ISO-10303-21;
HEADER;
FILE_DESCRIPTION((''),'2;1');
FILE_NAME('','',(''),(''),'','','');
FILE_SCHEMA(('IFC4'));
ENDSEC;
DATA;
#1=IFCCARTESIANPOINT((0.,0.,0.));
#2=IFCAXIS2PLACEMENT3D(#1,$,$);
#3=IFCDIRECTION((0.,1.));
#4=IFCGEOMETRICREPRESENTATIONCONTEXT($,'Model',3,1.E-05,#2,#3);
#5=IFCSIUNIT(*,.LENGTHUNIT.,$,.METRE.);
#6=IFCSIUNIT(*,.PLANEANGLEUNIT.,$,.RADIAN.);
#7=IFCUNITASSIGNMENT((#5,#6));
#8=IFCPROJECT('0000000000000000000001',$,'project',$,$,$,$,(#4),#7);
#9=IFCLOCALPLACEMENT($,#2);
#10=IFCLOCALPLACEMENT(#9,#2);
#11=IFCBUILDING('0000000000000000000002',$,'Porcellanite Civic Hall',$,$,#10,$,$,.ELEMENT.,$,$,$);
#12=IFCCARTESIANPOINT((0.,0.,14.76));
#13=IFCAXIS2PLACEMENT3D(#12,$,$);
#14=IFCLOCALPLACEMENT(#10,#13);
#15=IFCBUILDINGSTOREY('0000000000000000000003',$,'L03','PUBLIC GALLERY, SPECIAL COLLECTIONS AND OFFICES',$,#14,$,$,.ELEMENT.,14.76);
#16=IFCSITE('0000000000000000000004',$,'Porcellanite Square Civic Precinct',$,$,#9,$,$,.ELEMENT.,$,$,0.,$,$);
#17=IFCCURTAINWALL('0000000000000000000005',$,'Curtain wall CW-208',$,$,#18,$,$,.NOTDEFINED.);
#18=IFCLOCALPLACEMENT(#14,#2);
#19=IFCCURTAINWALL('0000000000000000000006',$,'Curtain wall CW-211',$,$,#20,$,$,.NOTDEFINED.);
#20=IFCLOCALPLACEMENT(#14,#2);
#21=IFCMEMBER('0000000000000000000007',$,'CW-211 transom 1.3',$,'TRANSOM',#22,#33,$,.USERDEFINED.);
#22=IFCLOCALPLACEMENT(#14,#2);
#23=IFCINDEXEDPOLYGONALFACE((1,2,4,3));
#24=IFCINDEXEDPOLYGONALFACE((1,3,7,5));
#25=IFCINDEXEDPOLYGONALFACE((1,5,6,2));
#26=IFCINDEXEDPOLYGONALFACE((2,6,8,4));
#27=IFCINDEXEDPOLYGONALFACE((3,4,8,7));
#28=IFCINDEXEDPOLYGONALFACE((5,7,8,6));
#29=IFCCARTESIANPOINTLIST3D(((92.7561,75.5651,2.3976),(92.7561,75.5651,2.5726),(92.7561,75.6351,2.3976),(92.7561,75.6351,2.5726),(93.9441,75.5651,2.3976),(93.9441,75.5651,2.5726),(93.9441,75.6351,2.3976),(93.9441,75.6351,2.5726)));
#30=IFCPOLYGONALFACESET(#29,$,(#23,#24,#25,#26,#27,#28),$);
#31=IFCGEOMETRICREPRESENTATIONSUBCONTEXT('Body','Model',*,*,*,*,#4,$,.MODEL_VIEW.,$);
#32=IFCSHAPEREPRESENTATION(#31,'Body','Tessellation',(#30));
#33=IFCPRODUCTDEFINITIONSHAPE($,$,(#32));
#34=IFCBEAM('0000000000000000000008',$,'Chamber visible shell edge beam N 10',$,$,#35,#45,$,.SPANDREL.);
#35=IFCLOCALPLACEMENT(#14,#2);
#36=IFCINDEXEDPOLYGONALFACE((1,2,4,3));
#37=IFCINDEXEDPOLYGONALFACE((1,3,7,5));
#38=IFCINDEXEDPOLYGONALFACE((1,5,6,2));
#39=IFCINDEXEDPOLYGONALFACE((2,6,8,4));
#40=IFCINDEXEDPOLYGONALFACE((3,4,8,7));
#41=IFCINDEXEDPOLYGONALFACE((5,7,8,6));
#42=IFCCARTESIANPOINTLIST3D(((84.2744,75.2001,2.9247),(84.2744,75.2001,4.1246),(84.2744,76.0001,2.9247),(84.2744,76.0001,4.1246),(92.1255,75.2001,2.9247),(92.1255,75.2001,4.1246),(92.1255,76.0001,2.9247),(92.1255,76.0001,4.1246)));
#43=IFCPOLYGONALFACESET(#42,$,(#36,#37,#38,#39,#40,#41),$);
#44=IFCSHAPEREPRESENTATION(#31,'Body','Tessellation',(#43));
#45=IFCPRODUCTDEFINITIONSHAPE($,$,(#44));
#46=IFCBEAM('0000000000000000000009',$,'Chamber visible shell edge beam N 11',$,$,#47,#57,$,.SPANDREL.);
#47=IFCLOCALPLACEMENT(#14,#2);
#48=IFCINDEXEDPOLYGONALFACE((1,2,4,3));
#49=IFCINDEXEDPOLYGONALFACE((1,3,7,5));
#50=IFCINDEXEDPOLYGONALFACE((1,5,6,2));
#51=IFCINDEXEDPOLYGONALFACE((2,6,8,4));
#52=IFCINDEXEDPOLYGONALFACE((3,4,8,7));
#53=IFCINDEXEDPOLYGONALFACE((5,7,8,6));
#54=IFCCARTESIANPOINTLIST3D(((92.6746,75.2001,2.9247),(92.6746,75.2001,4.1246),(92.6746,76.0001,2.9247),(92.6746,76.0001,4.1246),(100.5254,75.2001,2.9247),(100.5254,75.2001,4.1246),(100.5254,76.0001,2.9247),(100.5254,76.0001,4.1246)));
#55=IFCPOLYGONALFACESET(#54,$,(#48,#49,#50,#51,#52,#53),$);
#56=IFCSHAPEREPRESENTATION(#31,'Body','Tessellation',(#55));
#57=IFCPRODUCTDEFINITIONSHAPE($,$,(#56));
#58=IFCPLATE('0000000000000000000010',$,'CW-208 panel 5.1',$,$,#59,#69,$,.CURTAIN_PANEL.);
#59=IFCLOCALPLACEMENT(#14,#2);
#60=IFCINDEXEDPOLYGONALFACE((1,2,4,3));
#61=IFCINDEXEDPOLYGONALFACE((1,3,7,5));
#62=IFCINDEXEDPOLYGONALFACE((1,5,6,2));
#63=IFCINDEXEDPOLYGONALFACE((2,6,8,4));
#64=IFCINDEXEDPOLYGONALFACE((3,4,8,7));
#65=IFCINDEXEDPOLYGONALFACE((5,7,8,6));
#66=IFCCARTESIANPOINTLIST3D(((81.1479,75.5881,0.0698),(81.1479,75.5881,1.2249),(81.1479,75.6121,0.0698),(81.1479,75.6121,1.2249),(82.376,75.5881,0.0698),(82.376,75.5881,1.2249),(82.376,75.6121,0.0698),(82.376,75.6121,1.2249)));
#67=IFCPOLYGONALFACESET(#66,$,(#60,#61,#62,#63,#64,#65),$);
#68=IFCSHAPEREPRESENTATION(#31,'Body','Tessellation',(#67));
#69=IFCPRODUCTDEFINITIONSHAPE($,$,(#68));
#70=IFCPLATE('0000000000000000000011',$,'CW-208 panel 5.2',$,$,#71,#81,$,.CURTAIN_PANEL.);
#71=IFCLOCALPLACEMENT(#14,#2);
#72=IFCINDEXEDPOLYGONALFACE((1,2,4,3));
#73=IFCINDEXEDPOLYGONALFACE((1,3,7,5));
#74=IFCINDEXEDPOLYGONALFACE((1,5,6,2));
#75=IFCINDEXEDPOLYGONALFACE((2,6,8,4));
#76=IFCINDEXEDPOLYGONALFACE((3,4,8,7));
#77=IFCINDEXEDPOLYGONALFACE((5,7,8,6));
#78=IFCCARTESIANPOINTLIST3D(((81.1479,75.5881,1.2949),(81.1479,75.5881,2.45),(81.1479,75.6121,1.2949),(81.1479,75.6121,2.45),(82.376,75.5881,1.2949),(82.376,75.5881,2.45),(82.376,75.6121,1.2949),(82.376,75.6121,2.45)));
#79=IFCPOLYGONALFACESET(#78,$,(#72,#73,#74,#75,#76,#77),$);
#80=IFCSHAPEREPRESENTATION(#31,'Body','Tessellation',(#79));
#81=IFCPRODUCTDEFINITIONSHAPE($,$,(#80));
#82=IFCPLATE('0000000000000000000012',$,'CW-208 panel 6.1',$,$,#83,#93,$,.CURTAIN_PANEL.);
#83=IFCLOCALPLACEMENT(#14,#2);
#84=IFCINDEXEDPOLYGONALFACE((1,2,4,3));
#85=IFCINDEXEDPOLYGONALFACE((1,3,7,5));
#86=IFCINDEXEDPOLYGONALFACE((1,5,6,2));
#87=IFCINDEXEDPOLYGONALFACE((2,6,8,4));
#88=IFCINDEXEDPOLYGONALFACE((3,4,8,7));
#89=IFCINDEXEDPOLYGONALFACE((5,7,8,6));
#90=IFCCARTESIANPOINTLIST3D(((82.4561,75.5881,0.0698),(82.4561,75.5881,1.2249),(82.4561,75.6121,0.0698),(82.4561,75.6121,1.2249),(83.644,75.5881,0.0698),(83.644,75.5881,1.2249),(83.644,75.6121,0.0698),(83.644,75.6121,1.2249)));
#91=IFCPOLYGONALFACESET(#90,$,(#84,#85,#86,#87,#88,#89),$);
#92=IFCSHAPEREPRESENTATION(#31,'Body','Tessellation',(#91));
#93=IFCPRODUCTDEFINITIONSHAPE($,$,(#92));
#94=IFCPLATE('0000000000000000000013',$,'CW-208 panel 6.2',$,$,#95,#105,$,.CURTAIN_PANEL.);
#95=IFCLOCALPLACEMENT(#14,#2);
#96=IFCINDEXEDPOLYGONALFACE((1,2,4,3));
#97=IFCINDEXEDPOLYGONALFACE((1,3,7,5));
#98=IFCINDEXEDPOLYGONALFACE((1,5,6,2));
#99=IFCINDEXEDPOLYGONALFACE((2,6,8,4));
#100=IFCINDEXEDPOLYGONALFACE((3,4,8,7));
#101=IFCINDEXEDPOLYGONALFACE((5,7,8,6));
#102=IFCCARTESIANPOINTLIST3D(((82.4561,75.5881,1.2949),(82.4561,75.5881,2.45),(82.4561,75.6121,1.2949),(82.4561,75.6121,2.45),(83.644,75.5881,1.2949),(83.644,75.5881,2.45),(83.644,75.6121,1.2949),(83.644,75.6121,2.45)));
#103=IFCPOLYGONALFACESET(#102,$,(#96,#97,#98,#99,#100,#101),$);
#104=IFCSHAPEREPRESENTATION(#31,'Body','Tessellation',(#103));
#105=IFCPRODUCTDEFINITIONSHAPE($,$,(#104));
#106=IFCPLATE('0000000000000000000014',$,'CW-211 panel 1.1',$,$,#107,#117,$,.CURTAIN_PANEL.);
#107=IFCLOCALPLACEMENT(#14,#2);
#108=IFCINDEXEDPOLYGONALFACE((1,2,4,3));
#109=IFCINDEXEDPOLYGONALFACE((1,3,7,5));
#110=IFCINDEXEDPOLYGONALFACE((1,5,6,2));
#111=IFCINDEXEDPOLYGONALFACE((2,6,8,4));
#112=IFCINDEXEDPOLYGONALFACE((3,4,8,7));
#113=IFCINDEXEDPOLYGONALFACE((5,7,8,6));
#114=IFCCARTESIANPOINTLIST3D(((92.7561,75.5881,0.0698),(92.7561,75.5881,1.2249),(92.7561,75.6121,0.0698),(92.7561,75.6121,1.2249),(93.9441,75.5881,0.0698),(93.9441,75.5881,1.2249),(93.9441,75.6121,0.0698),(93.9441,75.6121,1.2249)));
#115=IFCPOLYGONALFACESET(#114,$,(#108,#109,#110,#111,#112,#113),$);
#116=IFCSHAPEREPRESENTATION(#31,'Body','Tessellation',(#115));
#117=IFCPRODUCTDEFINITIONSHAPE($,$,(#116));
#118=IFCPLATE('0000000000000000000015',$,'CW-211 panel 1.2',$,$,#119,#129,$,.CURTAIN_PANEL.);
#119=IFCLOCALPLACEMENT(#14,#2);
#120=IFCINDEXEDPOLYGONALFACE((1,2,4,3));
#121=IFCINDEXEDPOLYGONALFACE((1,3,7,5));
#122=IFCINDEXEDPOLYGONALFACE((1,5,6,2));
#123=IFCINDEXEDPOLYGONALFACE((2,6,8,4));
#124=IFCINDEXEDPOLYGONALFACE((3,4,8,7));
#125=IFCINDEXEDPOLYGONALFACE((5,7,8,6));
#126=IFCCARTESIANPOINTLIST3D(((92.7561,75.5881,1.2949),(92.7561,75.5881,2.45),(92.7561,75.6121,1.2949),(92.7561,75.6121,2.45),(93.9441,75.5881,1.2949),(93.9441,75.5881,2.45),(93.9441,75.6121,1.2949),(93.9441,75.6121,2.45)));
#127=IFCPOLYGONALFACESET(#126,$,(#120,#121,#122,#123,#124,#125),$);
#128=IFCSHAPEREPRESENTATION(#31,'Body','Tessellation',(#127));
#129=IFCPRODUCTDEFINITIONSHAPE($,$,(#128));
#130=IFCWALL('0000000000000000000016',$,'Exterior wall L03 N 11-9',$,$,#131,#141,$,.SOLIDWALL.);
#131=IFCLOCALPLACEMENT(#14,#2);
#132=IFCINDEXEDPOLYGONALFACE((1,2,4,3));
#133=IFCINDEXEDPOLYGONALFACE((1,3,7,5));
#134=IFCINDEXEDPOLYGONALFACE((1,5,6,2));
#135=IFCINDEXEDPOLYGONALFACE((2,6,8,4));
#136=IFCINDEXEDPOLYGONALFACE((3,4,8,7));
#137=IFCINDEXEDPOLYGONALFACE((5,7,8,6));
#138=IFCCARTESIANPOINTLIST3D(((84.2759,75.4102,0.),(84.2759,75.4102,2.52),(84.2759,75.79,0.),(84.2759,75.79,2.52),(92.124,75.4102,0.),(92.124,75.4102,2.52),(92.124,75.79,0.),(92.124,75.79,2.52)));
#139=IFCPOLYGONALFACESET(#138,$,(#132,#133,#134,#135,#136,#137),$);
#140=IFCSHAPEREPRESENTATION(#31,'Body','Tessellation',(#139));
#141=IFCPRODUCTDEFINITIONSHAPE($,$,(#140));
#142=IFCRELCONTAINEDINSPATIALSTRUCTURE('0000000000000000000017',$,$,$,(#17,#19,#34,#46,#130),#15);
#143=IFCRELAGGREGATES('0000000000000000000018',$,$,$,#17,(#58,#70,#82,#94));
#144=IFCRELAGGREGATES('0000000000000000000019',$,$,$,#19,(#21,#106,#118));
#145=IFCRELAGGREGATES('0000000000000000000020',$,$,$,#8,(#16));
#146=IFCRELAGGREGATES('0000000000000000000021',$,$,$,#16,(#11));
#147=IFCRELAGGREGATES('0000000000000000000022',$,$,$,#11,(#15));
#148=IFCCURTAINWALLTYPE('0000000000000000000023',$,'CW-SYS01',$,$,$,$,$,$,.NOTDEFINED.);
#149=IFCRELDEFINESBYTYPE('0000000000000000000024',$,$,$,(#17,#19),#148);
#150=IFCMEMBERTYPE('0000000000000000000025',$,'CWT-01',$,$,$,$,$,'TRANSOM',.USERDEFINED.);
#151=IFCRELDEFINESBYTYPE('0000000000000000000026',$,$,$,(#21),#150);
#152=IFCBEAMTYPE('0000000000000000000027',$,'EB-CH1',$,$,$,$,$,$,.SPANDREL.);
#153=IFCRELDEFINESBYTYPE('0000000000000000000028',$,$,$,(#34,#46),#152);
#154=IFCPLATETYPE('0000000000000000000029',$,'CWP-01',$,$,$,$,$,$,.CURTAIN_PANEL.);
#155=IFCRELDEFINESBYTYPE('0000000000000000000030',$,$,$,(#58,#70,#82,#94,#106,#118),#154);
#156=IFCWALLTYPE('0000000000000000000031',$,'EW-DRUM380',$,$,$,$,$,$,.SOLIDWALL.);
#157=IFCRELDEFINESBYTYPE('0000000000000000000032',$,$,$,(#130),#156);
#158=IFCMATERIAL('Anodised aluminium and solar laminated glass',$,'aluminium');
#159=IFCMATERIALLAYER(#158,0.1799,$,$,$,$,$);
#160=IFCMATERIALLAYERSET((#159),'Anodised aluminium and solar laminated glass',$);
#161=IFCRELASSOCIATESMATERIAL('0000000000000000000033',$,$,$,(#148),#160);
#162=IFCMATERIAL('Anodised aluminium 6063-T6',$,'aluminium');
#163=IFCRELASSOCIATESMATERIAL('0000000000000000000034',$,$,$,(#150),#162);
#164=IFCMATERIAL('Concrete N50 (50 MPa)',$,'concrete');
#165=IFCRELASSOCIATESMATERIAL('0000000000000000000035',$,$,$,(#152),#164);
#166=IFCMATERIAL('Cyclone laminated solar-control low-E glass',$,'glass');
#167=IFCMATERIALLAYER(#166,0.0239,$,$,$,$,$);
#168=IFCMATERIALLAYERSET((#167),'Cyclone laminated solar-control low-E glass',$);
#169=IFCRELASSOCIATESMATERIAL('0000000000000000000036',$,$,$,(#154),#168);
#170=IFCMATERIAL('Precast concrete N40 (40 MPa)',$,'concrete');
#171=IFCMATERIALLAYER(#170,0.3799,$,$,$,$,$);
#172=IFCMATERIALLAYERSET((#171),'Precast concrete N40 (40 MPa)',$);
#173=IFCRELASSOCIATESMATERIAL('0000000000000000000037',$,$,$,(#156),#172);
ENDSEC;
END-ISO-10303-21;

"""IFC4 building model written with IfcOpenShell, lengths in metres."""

from ifc_helpers import new_model, si_unit, direction, frame, frame_2d, origin, origin_2d, place, context, subcontext, project, spatial, rectangle, extrude, material, layer, layer_set, material_profile, profile_set, type_object, element, aggregate, save


model = new_model("IFC4")

# Units and contexts
model_context = context("Model", 3, precision=1e-05, world=origin(), true_north=direction((0.0, 1.0)))
body_context = subcontext(model_context, "Body", "Model", "MODEL_VIEW")
ifc_project = project(units=[si_unit("LENGTHUNIT", "METRE"), si_unit("PLANEANGLEUNIT", "RADIAN")], contexts=[model_context])

# Site, building, storey
site_placement = place(None, origin())
site = spatial("IfcSite", under=ifc_project, at=site_placement, Name="Porcellanite Square Civic Precinct", CompositionType="ELEMENT", RefElevation=0.0)
building_placement = place(site_placement, origin())
building = spatial("IfcBuilding", under=site, at=building_placement, Name="Porcellanite Civic Hall", CompositionType="ELEMENT")
storey_placement = place(building_placement, frame((0.0, 0.0, 14.76)))
storey = spatial("IfcBuildingStorey", under=building, at=storey_placement, Name="L03", Description="PUBLIC GALLERY, SPECIAL COLLECTIONS AND OFFICES", CompositionType="ELEMENT", Elevation=14.76)

# Curtain wall
ifc_material_1 = material(Name="Anodised aluminium and solar laminated glass", Category="aluminium")
ifc_layer_1 = layer(ifc_material_1, 0.1799)
ifc_layer_set_1 = layer_set([ifc_layer_1], Name="Anodised aluminium and solar laminated glass")
curtain_wall_type = type_object("IfcCurtainWallType", Name="CW-SYS01", PredefinedType="NOTDEFINED", material=ifc_layer_set_1)
curtain_wall_1_placement = place(storey_placement, origin())
curtain_wall_1 = element("IfcCurtainWall", 1, at=curtain_wall_1_placement, inside=storey, type_object=curtain_wall_type, Name="Curtain wall CW-208", PredefinedType="NOTDEFINED")

# Curtain wall
curtain_wall_2_placement = place(storey_placement, origin())
curtain_wall_2 = element("IfcCurtainWall", 2, at=curtain_wall_2_placement, inside=storey, type_object=curtain_wall_type, Name="Curtain wall CW-211", PredefinedType="NOTDEFINED")

# Member
ifc_material_2 = material(Name="Anodised aluminium 6063-T6", Category="aluminium")
ifc_material_profile_1 = material_profile(ifc_material_2, rectangle(XDim=0.0701, YDim=0.175, at=origin_2d()), Name="AL-70x175")
ifc_profile_set_1 = profile_set([ifc_material_profile_1], Name="Anodised aluminium 6063-T6")
member_type_1 = type_object("IfcMemberType", Name="CWT-01", ElementType="TRANSOM", PredefinedType="USERDEFINED", material=ifc_profile_set_1)
member_1_placement = place(storey_placement, frame((92.7561, 75.6001, 2.4851), z_axis=(1.0, 0.0, 0.0), x_axis=(0.0, 1.0, 0.0)))
member_1 = element("IfcMember", 3, at=member_1_placement, type_object=member_type_1, Name="CW-211 transom 1.3", ObjectType="TRANSOM", PredefinedType="USERDEFINED", context=body_context, shape_type="SweptSolid", body=[
    extrude(rectangle(XDim=0.0701, YDim=0.175, at=origin_2d()), origin(), (0.0, 0.0, 1.0), 1.188),
])

# Beams
ifc_material_3 = material(Name="Concrete N50 (50 MPa)", Category="concrete")
ifc_material_profile_2 = material_profile(ifc_material_3, rectangle(XDim=0.8, YDim=1.2, at=origin_2d()), Name="RC-800x1200")
ifc_profile_set_2 = profile_set([ifc_material_profile_2], Name="Concrete N50 (50 MPa)")
beam_type = type_object("IfcBeamType", Name="EB-CH1", PredefinedType="SPANDREL", material=ifc_profile_set_2)
beam_1_placement = place(storey_placement, frame((84.2744, 75.6001, 3.5247), z_axis=(1.0, 0.0, 0.0), x_axis=(0.0, 1.0, 0.0)))
element("IfcBeam", 4, at=beam_1_placement, inside=storey, type_object=beam_type, Name="Chamber visible shell edge beam N 10", PredefinedType="SPANDREL", context=body_context, shape_type="SweptSolid", body=[
    extrude(rectangle(XDim=0.8, YDim=1.2, at=origin_2d()), origin(), (0.0, 0.0, 1.0), 7.8511),
])
beam_2_placement = place(storey_placement, frame((92.6746, 75.6001, 3.5247), z_axis=(1.0, 0.0, 0.0), x_axis=(0.0, 1.0, 0.0)))
element("IfcBeam", 5, at=beam_2_placement, inside=storey, type_object=beam_type, Name="Chamber visible shell edge beam N 11", PredefinedType="SPANDREL", context=body_context, shape_type="SweptSolid", body=[
    extrude(rectangle(XDim=0.8, YDim=1.2, at=origin_2d()), origin(), (0.0, 0.0, 1.0), 7.8508),
])

# Plates
ifc_material_4 = material(Name="Cyclone laminated solar-control low-E glass", Category="glass")
ifc_layer_2 = layer(ifc_material_4, 0.0239)
ifc_layer_set_2 = layer_set([ifc_layer_2], Name="Cyclone laminated solar-control low-E glass")
plate_type = type_object("IfcPlateType", Name="CWP-01", PredefinedType="CURTAIN_PANEL", material=ifc_layer_set_2)
plate_1_placement = place(storey_placement, frame((81.762, 75.6001, 0.0698), z_axis=(0.0, 0.0, 1.0), x_axis=(1.0, 0.0, 0.0)))
plate_1 = element("IfcPlate", 6, at=plate_1_placement, type_object=plate_type, Name="CW-208 panel 5.1", PredefinedType="CURTAIN_PANEL", context=body_context, shape_type="SweptSolid", body=[
    extrude(rectangle(XDim=1.228, YDim=0.0239, at=origin_2d()), origin(), (0.0, 0.0, 1.0), 1.155),
])
plate_2_placement = place(storey_placement, frame((81.762, 75.6001, 1.2949), z_axis=(0.0, 0.0, 1.0), x_axis=(1.0, 0.0, 0.0)))
plate_2 = element("IfcPlate", 7, at=plate_2_placement, type_object=plate_type, Name="CW-208 panel 5.2", PredefinedType="CURTAIN_PANEL", context=body_context, shape_type="SweptSolid", body=[
    extrude(rectangle(XDim=1.228, YDim=0.0239, at=origin_2d()), origin(), (0.0, 0.0, 1.0), 1.155),
])
plate_3_placement = place(storey_placement, frame((83.05, 75.6001, 0.0698), z_axis=(0.0, 0.0, 1.0), x_axis=(1.0, 0.0, 0.0)))
plate_3 = element("IfcPlate", 8, at=plate_3_placement, type_object=plate_type, Name="CW-208 panel 6.1", PredefinedType="CURTAIN_PANEL", context=body_context, shape_type="SweptSolid", body=[
    extrude(rectangle(XDim=1.188, YDim=0.0239, at=origin_2d()), origin(), (0.0, 0.0, 1.0), 1.155),
])
plate_4_placement = place(storey_placement, frame((83.05, 75.6001, 1.2949), z_axis=(0.0, 0.0, 1.0), x_axis=(1.0, 0.0, 0.0)))
plate_4 = element("IfcPlate", 9, at=plate_4_placement, type_object=plate_type, Name="CW-208 panel 6.2", PredefinedType="CURTAIN_PANEL", context=body_context, shape_type="SweptSolid", body=[
    extrude(rectangle(XDim=1.188, YDim=0.0239, at=origin_2d()), origin(), (0.0, 0.0, 1.0), 1.155),
])
aggregate(curtain_wall_1, [plate_1, plate_2, plate_3, plate_4])
plate_5_placement = place(storey_placement, frame((93.3501, 75.6001, 0.0698), z_axis=(0.0, 0.0, 1.0), x_axis=(1.0, 0.0, 0.0)))
plate_5 = element("IfcPlate", 10, at=plate_5_placement, type_object=plate_type, Name="CW-211 panel 1.1", PredefinedType="CURTAIN_PANEL", context=body_context, shape_type="SweptSolid", body=[
    extrude(rectangle(XDim=1.188, YDim=0.0239, at=origin_2d()), origin(), (0.0, 0.0, 1.0), 1.155),
])
plate_6_placement = place(storey_placement, frame((93.3501, 75.6001, 1.2949), z_axis=(0.0, 0.0, 1.0), x_axis=(1.0, 0.0, 0.0)))
plate_6 = element("IfcPlate", 11, at=plate_6_placement, type_object=plate_type, Name="CW-211 panel 1.2", PredefinedType="CURTAIN_PANEL", context=body_context, shape_type="SweptSolid", body=[
    extrude(rectangle(XDim=1.188, YDim=0.0239, at=origin_2d()), origin(), (0.0, 0.0, 1.0), 1.155),
])
aggregate(curtain_wall_2, [member_1, plate_5, plate_6])

# Wall
ifc_material_5 = material(Name="Precast concrete N40 (40 MPa)", Category="concrete")
ifc_layer_3 = layer(ifc_material_5, 0.3799)
ifc_layer_set_3 = layer_set([ifc_layer_3], Name="Precast concrete N40 (40 MPa)")
wall_type = type_object("IfcWallType", Name="EW-DRUM380", PredefinedType="SOLIDWALL", material=ifc_layer_set_3)
wall_placement = place(storey_placement, frame((84.2759, 75.6001, 0.0), z_axis=(0.0, 0.0, 1.0), x_axis=(1.0, 0.0, 0.0)))
element("IfcWall", 12, at=wall_placement, inside=storey, type_object=wall_type, Name="Exterior wall L03 N 11-9", PredefinedType="SOLIDWALL", context=body_context, shape_type="SweptSolid", body=[
    extrude(rectangle(XDim=7.8481, YDim=0.3799, at=frame_2d((3.9241, 0.0))), origin(), (0.0, 0.0, 1.0), 2.52),
])

save(model, "model.ifc")
